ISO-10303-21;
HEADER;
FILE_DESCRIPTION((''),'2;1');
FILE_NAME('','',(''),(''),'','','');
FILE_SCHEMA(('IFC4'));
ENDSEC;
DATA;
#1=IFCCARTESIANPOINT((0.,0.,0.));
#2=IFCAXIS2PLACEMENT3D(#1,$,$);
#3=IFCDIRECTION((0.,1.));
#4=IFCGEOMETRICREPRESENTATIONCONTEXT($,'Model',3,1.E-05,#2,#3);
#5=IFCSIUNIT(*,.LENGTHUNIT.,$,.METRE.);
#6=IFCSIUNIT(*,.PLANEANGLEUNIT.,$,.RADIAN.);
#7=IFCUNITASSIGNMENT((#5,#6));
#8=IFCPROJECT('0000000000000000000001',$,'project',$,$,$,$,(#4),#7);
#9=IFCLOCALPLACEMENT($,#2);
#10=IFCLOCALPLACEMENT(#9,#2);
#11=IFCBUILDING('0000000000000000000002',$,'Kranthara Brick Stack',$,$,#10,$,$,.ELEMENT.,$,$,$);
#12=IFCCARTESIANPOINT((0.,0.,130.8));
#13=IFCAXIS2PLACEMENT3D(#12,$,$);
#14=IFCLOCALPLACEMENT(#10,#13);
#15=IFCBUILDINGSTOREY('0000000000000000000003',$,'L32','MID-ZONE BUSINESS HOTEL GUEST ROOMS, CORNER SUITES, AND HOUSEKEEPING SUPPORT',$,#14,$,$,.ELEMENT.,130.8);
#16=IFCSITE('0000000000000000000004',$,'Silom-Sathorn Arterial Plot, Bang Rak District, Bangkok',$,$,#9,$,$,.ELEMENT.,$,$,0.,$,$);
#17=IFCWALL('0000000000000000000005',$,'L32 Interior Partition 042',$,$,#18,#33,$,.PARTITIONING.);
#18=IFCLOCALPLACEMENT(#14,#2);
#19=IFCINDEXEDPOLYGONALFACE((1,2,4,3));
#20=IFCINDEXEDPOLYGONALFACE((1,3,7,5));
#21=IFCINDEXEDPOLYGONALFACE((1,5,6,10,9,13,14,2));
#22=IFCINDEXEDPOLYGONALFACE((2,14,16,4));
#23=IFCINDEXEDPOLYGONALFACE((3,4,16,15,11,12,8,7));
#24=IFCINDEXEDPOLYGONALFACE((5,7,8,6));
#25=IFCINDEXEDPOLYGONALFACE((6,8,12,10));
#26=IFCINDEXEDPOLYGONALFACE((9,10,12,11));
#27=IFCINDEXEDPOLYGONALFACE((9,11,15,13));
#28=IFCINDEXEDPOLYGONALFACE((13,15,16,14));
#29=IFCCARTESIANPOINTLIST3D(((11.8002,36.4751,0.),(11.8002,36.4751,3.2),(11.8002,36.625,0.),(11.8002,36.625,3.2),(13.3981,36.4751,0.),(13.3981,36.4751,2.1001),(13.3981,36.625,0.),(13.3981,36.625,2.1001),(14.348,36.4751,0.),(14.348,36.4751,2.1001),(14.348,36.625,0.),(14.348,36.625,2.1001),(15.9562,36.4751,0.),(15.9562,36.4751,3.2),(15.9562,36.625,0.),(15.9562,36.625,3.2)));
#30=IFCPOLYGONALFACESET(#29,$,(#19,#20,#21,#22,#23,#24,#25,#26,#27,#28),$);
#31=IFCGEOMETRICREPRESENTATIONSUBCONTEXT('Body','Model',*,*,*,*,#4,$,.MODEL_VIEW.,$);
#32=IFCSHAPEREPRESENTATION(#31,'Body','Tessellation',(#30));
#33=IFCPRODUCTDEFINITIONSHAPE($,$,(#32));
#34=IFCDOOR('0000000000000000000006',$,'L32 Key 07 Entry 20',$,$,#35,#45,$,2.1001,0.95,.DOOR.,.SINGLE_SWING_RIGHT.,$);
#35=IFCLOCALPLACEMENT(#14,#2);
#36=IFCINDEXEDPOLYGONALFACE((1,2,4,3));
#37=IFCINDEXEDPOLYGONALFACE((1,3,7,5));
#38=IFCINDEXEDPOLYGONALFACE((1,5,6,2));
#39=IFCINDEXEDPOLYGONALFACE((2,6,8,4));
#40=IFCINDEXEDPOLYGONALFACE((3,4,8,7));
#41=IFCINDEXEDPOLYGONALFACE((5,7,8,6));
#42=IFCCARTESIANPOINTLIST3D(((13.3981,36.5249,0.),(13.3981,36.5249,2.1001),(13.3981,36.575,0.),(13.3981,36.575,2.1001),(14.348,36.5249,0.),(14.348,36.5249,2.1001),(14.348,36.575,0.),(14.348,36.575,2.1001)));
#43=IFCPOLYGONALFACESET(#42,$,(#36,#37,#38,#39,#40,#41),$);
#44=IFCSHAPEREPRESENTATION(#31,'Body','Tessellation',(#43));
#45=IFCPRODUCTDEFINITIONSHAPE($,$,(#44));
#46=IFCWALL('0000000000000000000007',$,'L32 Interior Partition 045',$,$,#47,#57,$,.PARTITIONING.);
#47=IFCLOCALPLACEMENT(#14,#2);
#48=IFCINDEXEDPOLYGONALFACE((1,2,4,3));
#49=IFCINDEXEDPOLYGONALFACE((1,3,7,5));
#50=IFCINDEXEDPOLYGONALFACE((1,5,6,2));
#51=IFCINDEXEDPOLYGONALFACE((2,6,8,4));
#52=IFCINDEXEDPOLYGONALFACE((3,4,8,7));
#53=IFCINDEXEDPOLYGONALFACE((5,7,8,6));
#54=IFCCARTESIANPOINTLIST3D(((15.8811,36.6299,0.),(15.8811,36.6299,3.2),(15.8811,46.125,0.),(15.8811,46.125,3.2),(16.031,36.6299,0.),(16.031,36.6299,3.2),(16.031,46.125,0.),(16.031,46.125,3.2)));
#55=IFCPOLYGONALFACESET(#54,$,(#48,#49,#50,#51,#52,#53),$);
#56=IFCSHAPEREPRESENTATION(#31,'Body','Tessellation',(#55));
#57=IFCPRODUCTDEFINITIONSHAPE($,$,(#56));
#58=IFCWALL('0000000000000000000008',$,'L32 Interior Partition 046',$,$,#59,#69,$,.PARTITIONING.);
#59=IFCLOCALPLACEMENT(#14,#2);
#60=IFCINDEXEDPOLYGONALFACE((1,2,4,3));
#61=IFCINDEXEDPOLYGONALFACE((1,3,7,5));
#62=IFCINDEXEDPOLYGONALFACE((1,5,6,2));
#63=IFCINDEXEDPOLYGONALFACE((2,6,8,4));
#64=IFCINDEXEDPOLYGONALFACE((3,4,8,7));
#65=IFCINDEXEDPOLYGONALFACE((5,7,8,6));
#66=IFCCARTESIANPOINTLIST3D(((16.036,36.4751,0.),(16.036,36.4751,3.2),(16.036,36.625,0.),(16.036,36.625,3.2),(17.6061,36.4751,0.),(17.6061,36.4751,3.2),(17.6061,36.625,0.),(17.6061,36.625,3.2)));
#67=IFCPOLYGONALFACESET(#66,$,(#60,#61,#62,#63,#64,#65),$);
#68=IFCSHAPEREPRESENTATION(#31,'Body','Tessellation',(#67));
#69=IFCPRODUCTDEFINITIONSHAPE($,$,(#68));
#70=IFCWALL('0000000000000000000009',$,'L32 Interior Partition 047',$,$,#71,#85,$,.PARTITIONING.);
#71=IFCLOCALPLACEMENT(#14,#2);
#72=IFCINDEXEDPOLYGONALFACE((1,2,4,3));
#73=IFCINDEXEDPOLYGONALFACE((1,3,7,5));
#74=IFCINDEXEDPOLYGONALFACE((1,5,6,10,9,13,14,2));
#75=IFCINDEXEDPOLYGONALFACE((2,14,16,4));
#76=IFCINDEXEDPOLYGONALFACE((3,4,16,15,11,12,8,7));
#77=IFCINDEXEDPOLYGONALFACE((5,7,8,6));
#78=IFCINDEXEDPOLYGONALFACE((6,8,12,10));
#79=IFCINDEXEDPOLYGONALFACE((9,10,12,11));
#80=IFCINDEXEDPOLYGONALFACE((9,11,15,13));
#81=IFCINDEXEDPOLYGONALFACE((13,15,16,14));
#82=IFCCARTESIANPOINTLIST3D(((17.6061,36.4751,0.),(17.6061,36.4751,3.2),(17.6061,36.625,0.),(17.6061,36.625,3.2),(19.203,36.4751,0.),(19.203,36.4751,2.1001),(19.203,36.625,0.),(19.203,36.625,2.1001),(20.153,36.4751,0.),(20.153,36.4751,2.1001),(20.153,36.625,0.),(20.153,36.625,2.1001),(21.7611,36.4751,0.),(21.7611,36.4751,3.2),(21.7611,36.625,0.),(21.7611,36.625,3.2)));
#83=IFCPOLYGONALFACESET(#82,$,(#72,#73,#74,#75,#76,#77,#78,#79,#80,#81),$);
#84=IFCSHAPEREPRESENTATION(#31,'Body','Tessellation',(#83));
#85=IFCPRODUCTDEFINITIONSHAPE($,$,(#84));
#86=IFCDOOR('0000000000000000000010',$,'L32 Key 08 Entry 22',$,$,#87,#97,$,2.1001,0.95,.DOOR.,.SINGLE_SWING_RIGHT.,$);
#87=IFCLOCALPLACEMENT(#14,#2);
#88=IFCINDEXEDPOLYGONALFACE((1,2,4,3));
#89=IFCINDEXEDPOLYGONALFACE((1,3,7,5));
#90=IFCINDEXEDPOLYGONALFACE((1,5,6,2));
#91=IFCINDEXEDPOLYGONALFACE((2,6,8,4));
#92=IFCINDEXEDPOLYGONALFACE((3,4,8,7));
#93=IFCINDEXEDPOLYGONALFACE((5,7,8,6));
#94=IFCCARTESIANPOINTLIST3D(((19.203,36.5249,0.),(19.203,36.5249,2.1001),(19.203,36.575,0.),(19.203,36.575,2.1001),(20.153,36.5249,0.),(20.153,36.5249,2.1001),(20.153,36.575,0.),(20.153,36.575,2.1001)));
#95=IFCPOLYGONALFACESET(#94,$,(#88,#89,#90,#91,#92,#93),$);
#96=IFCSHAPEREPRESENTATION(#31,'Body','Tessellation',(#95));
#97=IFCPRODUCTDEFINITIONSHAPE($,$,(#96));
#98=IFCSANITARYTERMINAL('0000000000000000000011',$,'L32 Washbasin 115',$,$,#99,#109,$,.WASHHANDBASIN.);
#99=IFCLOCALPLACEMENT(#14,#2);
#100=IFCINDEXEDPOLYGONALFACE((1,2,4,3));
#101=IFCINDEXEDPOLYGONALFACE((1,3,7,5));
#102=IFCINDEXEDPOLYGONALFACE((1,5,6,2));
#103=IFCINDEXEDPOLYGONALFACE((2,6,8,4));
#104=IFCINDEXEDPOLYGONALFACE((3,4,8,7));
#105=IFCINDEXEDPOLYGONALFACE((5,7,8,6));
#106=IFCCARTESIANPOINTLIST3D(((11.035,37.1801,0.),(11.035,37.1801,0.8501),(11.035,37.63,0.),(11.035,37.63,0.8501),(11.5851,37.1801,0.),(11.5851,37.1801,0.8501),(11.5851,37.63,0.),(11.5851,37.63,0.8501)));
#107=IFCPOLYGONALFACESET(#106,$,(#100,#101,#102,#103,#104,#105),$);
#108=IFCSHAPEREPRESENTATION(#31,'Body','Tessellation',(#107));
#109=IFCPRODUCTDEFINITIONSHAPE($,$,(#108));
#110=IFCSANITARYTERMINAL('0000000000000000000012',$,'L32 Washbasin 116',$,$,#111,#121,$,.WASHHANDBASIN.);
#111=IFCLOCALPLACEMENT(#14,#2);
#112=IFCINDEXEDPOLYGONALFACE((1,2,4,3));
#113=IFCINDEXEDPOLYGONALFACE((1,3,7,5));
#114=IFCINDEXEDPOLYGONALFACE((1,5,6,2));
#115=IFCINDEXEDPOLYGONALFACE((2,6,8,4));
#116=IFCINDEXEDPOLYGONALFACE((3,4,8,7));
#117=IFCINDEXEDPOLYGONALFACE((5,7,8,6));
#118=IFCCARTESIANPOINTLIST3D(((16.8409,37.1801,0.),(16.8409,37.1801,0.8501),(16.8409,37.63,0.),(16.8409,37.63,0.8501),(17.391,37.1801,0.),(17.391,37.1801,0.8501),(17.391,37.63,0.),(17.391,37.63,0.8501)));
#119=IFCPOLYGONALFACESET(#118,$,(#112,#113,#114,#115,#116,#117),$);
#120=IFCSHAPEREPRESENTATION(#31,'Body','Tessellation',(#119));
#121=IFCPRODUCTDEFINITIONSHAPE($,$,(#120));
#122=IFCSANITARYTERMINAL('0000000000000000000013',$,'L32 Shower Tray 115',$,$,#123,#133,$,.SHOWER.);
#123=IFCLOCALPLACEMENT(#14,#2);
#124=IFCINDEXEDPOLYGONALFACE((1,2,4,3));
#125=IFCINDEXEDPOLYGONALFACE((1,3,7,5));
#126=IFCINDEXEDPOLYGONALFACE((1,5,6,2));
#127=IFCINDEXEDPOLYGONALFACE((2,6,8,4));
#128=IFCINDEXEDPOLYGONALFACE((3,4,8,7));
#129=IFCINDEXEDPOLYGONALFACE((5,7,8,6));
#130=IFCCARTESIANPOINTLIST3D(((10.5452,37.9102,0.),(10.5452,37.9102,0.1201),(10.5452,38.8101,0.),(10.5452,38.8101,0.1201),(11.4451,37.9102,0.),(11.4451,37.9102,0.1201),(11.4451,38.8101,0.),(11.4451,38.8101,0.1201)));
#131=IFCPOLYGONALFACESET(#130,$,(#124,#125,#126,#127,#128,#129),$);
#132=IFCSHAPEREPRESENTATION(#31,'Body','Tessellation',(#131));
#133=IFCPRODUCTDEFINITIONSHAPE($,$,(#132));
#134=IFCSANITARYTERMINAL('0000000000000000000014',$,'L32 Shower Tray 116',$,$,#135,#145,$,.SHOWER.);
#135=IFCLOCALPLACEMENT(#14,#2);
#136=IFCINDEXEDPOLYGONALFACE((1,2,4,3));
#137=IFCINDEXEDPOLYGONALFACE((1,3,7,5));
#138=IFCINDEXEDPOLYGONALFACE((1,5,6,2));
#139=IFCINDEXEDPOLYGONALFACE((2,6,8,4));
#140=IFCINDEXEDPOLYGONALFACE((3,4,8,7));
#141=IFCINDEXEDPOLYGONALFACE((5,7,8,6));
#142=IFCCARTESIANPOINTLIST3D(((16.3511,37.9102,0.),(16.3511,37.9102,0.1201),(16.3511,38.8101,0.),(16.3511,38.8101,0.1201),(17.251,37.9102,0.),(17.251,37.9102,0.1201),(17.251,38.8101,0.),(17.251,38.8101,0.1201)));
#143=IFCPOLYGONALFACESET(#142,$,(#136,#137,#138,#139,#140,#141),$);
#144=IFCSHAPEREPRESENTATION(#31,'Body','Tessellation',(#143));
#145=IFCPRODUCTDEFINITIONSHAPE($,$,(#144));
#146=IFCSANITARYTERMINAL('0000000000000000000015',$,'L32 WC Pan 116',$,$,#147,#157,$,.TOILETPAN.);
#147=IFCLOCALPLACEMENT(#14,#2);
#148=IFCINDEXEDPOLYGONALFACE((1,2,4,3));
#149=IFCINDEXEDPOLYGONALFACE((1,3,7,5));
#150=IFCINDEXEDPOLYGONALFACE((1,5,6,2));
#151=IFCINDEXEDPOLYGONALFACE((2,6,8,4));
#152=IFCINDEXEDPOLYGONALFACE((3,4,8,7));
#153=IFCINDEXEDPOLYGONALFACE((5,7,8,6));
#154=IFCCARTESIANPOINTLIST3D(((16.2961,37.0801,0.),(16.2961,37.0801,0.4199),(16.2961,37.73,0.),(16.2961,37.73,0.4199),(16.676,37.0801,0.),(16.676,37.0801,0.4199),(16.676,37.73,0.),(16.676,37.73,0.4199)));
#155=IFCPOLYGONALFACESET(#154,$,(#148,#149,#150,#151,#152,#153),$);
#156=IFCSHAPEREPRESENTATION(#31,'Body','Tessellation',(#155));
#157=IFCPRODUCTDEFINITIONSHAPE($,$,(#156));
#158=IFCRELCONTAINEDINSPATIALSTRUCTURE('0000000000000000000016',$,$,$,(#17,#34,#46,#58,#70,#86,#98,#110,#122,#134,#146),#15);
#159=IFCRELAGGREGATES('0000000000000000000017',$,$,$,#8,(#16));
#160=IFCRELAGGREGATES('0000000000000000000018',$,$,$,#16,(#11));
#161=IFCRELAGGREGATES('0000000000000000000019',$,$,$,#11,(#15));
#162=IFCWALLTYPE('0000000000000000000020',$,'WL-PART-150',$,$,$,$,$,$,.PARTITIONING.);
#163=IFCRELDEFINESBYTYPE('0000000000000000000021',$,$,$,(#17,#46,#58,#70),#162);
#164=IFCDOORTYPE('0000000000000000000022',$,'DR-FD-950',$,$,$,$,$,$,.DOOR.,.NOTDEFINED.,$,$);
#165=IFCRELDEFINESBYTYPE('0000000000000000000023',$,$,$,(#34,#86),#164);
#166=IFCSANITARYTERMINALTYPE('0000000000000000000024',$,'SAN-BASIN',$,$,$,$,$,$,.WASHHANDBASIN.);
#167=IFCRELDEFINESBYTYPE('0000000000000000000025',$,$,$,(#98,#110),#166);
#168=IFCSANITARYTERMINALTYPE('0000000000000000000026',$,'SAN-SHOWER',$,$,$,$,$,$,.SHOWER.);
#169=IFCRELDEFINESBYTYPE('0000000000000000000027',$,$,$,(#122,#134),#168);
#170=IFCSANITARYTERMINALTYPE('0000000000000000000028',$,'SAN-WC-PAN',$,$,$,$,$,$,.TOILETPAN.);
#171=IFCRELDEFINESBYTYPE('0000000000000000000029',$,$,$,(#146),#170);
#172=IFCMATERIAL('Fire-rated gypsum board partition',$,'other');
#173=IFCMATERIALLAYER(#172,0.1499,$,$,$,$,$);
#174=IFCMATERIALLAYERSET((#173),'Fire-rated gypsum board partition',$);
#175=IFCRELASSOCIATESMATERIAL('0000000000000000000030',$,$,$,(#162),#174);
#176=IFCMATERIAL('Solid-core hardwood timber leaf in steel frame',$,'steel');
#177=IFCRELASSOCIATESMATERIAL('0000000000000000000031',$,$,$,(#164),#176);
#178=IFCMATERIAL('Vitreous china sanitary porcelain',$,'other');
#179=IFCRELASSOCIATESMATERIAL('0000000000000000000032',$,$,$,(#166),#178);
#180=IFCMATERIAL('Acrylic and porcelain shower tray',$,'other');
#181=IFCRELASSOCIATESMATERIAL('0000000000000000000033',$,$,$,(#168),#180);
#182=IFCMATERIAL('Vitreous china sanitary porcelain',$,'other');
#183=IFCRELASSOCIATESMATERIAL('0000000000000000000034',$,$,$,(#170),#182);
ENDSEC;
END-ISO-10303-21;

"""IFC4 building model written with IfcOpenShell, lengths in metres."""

from ifc_helpers import new_model, si_unit, direction, frame, frame_2d, origin, origin_2d, place, context, subcontext, project, spatial, rectangle, extrude, material, layer, layer_set, type_object, element, fill, save


model = new_model("IFC4")

# Units and contexts
model_context = context("Model", 3, precision=1e-05, world=origin(), true_north=direction((0.0, 1.0)))
body_context = subcontext(model_context, "Body", "Model", "MODEL_VIEW")
ifc_project = project(units=[si_unit("LENGTHUNIT", "METRE"), si_unit("PLANEANGLEUNIT", "RADIAN")], contexts=[model_context])

# Site, building, storey
site_placement = place(None, origin())
site = spatial("IfcSite", under=ifc_project, at=site_placement, Name="Silom-Sathorn Arterial Plot, Bang Rak District, Bangkok", CompositionType="ELEMENT", RefElevation=0.0)
building_placement = place(site_placement, origin())
building = spatial("IfcBuilding", under=site, at=building_placement, Name="Kranthara Brick Stack", CompositionType="ELEMENT")
storey_placement = place(building_placement, frame((0.0, 0.0, 130.8)))
storey = spatial("IfcBuildingStorey", under=building, at=storey_placement, Name="L32", Description="MID-ZONE BUSINESS HOTEL GUEST ROOMS, CORNER SUITES, AND HOUSEKEEPING SUPPORT", CompositionType="ELEMENT", Elevation=130.8)

# Wall, opening, door
ifc_material_1 = material(Name="Fire-rated gypsum board partition", Category="other")
ifc_layer_1 = layer(ifc_material_1, 0.1499)
ifc_layer_set_1 = layer_set([ifc_layer_1], Name="Fire-rated gypsum board partition")
wall_type_1 = type_object("IfcWallType", Name="WL-PART-150", PredefinedType="PARTITIONING", material=ifc_layer_set_1)
wall_1_placement = place(storey_placement, frame((11.8, 36.55, 0.0), z_axis=(0.0, 0.0, 1.0), x_axis=(1.0, 0.0, 0.0)))
wall_1 = element("IfcWall", 1, at=wall_1_placement, inside=storey, type_object=wall_type_1, Name="L32 Interior Partition 042", PredefinedType="PARTITIONING", context=body_context, shape_type="SweptSolid", body=[
    extrude(rectangle(XDim=4.156, YDim=0.1499, at=frame_2d((2.0781, 0.0))), origin(), (0.0, 0.0, 1.0), 3.2),
])
opening_1_placement = place(wall_1_placement, frame((1.5979, 0.0, 0.0)))
opening_1 = element("IfcOpeningElement", 2, at=opening_1_placement, cuts=wall_1, PredefinedType="OPENING", context=body_context, shape_type="SweptSolid", body=[
    extrude(rectangle(XDim=0.95, YDim=2.1001, at=frame_2d((0.4751, 1.05))), frame((0.0, 0.085, 0.0), z_axis=(0.0, -1.0, 0.0), x_axis=(1.0, 0.0, 0.0)), (0.0, 0.0, 1.0), 0.1699),
])
ifc_material_2 = material(Name="Solid-core hardwood timber leaf in steel frame", Category="steel")
door_type_1 = type_object("IfcDoorType", Name="DR-FD-950", OperationType="NOTDEFINED", PredefinedType="DOOR", material=ifc_material_2)
door_1_placement = place(opening_1_placement, origin())
door_1 = element("IfcDoor", 3, at=door_1_placement, inside=storey, type_object=door_type_1, Name="L32 Key 07 Entry 20", OperationType="SINGLE_SWING_RIGHT", OverallHeight=2.1001, OverallWidth=0.95, PredefinedType="DOOR", context=body_context, shape_type="SweptSolid", body=[
    extrude(rectangle(XDim=0.95, YDim=2.1001, at=frame_2d((0.4751, 1.05))), frame((0.0, 0.0249, 0.0), z_axis=(0.0, -1.0, 0.0), x_axis=(1.0, 0.0, 0.0)), (0.0, 0.0, 1.0), 0.05),
])
fill(opening_1, door_1)

# Walls
wall_2_placement = place(storey_placement, frame((15.9561, 36.6299, 0.0), z_axis=(0.0, 0.0, 1.0), x_axis=(0.0, 1.0, 0.0)))
element("IfcWall", 4, at=wall_2_placement, inside=storey, type_object=wall_type_1, Name="L32 Interior Partition 045", PredefinedType="PARTITIONING", context=body_context, shape_type="SweptSolid", body=[
    extrude(rectangle(XDim=9.4951, YDim=0.1499, at=frame_2d((4.7476, 0.0))), origin(), (0.0, 0.0, 1.0), 3.2),
])
wall_3_placement = place(storey_placement, frame((16.0359, 36.55, 0.0), z_axis=(0.0, 0.0, 1.0), x_axis=(1.0, 0.0, 0.0)))
element("IfcWall", 5, at=wall_3_placement, inside=storey, type_object=wall_type_1, Name="L32 Interior Partition 046", PredefinedType="PARTITIONING", context=body_context, shape_type="SweptSolid", body=[
    extrude(rectangle(XDim=1.5701, YDim=0.1499, at=frame_2d((0.7852, 0.0))), origin(), (0.0, 0.0, 1.0), 3.2),
])

# Wall, opening, door
wall_4_placement = place(storey_placement, frame((17.606, 36.55, 0.0), z_axis=(0.0, 0.0, 1.0), x_axis=(1.0, 0.0, 0.0)))
wall_4 = element("IfcWall", 6, at=wall_4_placement, inside=storey, type_object=wall_type_1, Name="L32 Interior Partition 047", PredefinedType="PARTITIONING", context=body_context, shape_type="SweptSolid", body=[
    extrude(rectangle(XDim=4.155, YDim=0.1499, at=frame_2d((2.0776, 0.0))), origin(), (0.0, 0.0, 1.0), 3.2),
])
opening_2_placement = place(wall_4_placement, frame((1.5969, 0.0, 0.0)))
opening_2 = element("IfcOpeningElement", 7, at=opening_2_placement, cuts=wall_4, PredefinedType="OPENING", context=body_context, shape_type="SweptSolid", body=[
    extrude(rectangle(XDim=0.95, YDim=2.1001, at=frame_2d((0.4751, 1.05))), frame((0.0, 0.085, 0.0), z_axis=(0.0, -1.0, 0.0), x_axis=(1.0, 0.0, 0.0)), (0.0, 0.0, 1.0), 0.1699),
])
door_2_placement = place(opening_2_placement, origin())
door_2 = element("IfcDoor", 8, at=door_2_placement, inside=storey, type_object=door_type_1, Name="L32 Key 08 Entry 22", OperationType="SINGLE_SWING_RIGHT", OverallHeight=2.1001, OverallWidth=0.95, PredefinedType="DOOR", context=body_context, shape_type="SweptSolid", body=[
    extrude(rectangle(XDim=0.95, YDim=2.1001, at=frame_2d((0.4751, 1.05))), frame((0.0, 0.0249, 0.0), z_axis=(0.0, -1.0, 0.0), x_axis=(1.0, 0.0, 0.0)), (0.0, 0.0, 1.0), 0.05),
])
fill(opening_2, door_2)

# Sanitary terminals
ifc_material_3 = material(Name="Vitreous china sanitary porcelain", Category="other")
sanitary_terminal_type_1 = type_object("IfcSanitaryTerminalType", Name="SAN-BASIN", PredefinedType="WASHHANDBASIN", material=ifc_material_3)
for number, where, z_axis, x_axis, name in (
    (9, (11.3101, 37.405, 0.0), (0.0, 0.0, 1.0), (1.0, 0.0, 0.0), "L32 Washbasin 115"),
    (10, (17.116, 37.405, 0.0), (0.0, 0.0, 1.0), (1.0, 0.0, 0.0), "L32 Washbasin 116"),
):
    element("IfcSanitaryTerminal", number, at=place(storey_placement, frame(where, z_axis=z_axis, x_axis=x_axis)), inside=storey, type_object=sanitary_terminal_type_1, Name=name, PredefinedType="WASHHANDBASIN", context=body_context, shape_type="SweptSolid", body=[
        extrude(rectangle(XDim=0.55, YDim=0.45, at=origin_2d()), origin(), (0.0, 0.0, 1.0), 0.8501),
    ])
ifc_material_4 = material(Name="Acrylic and porcelain shower tray", Category="other")
sanitary_terminal_type_2 = type_object("IfcSanitaryTerminalType", Name="SAN-SHOWER", PredefinedType="SHOWER", material=ifc_material_4)
for number, where, z_axis, x_axis, name in (
    (11, (10.9951, 38.3601, 0.0), (0.0, 0.0, 1.0), (1.0, 0.0, 0.0), "L32 Shower Tray 115"),
    (12, (16.801, 38.3601, 0.0), (0.0, 0.0, 1.0), (1.0, 0.0, 0.0), "L32 Shower Tray 116"),
):
    element("IfcSanitaryTerminal", number, at=place(storey_placement, frame(where, z_axis=z_axis, x_axis=x_axis)), inside=storey, type_object=sanitary_terminal_type_2, Name=name, PredefinedType="SHOWER", context=body_context, shape_type="SweptSolid", body=[
        extrude(rectangle(XDim=0.8999, YDim=0.8999, at=origin_2d()), origin(), (0.0, 0.0, 1.0), 0.1201),
    ])
ifc_material_5 = material(Name="Vitreous china sanitary porcelain", Category="other")
sanitary_terminal_type_3 = type_object("IfcSanitaryTerminalType", Name="SAN-WC-PAN", PredefinedType="TOILETPAN", material=ifc_material_5)
sanitary_terminal_placement = place(storey_placement, frame((16.4861, 37.405, 0.0), z_axis=(0.0, 0.0, 1.0), x_axis=(1.0, 0.0, 0.0)))
element("IfcSanitaryTerminal", 13, at=sanitary_terminal_placement, inside=storey, type_object=sanitary_terminal_type_3, Name="L32 WC Pan 116", PredefinedType="TOILETPAN", context=body_context, shape_type="SweptSolid", body=[
    extrude(rectangle(XDim=0.3799, YDim=0.6499, at=origin_2d()), origin(), (0.0, 0.0, 1.0), 0.4199),
])

save(model, "model.ifc")
